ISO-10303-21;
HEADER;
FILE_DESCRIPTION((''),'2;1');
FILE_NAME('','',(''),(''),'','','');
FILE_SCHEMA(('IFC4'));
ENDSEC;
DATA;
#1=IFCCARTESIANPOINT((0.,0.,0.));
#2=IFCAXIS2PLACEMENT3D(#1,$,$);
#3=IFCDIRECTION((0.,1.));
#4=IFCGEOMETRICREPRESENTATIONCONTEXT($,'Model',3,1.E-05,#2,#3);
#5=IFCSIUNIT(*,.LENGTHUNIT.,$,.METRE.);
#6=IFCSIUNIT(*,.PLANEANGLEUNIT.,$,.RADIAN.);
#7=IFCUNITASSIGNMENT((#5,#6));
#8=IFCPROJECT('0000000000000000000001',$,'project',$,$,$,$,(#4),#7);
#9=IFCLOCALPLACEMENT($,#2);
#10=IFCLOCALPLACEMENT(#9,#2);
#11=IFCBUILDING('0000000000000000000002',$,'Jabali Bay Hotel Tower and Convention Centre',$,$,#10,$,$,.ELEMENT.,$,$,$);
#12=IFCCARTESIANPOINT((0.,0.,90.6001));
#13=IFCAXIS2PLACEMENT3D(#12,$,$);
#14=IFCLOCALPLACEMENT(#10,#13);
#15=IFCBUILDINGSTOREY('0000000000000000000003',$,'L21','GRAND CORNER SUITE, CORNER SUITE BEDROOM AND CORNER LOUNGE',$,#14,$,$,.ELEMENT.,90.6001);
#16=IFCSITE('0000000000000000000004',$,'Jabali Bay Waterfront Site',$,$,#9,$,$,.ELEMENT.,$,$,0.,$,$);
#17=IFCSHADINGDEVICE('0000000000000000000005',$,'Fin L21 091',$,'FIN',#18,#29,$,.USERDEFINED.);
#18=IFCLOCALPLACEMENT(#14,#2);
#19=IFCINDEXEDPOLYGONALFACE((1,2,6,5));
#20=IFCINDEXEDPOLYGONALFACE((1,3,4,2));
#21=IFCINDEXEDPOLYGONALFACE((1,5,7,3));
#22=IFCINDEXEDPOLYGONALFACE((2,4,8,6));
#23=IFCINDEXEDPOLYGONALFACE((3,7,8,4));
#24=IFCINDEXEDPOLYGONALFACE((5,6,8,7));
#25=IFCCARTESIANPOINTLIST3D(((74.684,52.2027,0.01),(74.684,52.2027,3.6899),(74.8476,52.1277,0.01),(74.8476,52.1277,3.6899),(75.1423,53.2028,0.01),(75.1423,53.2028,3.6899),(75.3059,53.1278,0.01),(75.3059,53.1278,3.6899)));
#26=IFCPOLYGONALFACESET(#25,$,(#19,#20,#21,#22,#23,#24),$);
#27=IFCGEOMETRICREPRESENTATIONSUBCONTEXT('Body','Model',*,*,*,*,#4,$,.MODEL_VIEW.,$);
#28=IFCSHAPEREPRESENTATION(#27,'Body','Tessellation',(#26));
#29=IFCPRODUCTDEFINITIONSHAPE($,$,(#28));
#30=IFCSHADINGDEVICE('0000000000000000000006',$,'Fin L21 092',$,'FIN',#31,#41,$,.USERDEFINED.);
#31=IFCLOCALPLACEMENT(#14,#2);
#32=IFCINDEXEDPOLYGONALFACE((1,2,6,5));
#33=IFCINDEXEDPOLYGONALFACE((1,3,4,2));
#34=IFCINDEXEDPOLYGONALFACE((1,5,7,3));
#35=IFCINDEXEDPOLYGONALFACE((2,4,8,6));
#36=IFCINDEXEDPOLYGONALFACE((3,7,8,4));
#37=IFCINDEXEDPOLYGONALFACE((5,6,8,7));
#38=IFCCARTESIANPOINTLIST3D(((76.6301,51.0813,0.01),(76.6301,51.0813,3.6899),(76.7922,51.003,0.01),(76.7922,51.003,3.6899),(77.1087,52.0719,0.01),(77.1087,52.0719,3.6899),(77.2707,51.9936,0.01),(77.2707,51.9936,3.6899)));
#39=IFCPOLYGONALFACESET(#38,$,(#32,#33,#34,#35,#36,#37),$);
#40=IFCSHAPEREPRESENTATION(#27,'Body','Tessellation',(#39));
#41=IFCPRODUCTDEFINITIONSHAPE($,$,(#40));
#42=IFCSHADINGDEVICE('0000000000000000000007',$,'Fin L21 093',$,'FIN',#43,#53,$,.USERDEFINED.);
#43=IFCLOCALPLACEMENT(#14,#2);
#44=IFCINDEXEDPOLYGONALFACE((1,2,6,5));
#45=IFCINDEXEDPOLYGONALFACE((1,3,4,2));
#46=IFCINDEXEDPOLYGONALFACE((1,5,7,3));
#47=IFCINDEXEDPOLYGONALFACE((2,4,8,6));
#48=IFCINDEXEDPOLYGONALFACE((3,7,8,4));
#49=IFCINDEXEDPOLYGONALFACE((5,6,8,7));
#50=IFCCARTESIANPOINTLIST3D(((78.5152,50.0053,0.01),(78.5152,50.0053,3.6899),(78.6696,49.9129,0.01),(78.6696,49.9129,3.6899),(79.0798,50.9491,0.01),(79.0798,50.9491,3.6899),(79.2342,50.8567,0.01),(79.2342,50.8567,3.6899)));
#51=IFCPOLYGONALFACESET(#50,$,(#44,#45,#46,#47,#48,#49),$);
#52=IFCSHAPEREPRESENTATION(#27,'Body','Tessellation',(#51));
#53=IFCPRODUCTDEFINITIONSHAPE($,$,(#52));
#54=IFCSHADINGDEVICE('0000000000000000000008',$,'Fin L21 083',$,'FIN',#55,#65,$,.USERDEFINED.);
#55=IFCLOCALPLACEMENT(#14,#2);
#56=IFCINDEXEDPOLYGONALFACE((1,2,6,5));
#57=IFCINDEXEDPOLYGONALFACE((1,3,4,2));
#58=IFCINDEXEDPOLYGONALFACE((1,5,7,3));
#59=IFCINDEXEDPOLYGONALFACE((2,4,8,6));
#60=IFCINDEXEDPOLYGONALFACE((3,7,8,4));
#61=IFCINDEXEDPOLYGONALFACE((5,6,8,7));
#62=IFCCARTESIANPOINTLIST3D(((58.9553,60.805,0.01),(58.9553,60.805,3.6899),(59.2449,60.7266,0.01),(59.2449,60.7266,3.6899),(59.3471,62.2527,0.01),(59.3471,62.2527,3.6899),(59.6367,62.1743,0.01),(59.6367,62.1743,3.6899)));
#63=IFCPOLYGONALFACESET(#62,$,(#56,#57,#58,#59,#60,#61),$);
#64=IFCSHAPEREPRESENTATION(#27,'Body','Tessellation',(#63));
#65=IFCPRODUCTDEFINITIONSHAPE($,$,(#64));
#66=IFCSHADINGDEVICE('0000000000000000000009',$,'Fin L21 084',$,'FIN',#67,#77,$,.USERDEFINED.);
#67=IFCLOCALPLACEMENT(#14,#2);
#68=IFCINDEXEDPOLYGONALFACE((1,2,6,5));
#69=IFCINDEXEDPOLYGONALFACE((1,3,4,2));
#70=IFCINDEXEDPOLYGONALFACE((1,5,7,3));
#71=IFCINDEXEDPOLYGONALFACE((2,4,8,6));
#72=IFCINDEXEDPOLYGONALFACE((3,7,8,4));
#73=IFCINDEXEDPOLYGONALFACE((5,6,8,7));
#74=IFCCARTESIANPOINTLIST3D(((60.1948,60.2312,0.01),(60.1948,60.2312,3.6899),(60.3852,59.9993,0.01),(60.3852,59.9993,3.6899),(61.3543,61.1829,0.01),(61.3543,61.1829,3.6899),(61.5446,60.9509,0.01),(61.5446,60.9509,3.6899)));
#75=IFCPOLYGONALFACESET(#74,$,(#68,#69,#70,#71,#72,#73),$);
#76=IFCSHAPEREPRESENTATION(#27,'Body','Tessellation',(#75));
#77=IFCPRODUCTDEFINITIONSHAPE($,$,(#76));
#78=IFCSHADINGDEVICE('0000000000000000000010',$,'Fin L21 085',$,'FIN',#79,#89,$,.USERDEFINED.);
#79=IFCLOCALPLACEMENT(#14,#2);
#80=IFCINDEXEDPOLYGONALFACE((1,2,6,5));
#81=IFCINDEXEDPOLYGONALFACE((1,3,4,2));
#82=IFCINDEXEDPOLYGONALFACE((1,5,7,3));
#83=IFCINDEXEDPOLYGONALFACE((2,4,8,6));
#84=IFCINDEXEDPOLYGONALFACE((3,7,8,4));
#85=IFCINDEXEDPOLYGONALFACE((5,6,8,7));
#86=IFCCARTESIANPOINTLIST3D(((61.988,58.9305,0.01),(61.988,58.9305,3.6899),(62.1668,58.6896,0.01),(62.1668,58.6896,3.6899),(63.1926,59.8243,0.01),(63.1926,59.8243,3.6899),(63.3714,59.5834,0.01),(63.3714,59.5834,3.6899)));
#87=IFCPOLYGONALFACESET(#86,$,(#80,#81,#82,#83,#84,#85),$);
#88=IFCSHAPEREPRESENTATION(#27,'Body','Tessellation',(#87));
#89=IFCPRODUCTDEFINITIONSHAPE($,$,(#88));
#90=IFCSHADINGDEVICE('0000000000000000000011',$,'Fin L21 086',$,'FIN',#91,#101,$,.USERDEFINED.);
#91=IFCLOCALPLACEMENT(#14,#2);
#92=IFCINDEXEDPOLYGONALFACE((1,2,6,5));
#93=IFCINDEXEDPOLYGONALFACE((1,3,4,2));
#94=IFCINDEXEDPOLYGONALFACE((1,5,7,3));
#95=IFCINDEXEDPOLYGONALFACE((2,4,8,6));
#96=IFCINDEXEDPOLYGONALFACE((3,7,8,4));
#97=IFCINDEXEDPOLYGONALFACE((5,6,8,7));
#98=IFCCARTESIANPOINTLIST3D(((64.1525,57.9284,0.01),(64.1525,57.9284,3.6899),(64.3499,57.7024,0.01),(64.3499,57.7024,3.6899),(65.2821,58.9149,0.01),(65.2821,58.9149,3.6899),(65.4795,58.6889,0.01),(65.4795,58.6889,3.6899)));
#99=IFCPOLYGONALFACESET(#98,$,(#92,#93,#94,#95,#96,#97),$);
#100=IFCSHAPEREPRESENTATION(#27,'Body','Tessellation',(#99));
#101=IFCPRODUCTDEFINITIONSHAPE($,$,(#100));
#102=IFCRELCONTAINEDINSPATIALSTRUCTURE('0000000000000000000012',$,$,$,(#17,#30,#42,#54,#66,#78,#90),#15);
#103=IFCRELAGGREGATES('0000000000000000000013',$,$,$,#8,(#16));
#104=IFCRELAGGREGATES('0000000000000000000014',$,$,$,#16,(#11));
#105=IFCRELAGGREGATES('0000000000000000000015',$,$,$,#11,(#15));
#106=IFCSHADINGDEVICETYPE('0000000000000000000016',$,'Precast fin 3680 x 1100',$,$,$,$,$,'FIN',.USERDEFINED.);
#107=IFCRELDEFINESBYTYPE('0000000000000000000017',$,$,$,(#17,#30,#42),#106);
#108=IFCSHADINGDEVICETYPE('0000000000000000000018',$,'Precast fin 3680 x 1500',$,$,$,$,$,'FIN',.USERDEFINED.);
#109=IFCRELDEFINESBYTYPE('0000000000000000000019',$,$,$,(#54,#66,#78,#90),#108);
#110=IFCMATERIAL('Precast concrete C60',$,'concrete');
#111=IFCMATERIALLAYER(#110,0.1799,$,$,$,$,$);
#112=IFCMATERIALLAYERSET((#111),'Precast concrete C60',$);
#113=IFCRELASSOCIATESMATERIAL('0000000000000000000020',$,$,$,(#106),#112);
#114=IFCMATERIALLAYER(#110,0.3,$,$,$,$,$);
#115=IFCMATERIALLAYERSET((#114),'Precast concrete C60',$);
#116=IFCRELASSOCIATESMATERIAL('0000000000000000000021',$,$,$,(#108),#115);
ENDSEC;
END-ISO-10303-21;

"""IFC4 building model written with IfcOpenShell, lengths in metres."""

from ifc_helpers import new_model, si_unit, direction, frame, frame_2d, origin, place, context, subcontext, project, spatial, rectangle, extrude, material, layer, layer_set, type_object, element, save


model = new_model("IFC4")

# Units and contexts
model_context = context("Model", 3, precision=1e-05, world=origin(), true_north=direction((0.0, 1.0)))
body_context = subcontext(model_context, "Body", "Model", "MODEL_VIEW")
ifc_project = project(units=[si_unit("LENGTHUNIT", "METRE"), si_unit("PLANEANGLEUNIT", "RADIAN")], contexts=[model_context])

# Site, building, storey
site_placement = place(None, origin())
site = spatial("IfcSite", under=ifc_project, at=site_placement, Name="Jabali Bay Waterfront Site", CompositionType="ELEMENT", RefElevation=0.0)
building_placement = place(site_placement, origin())
building = spatial("IfcBuilding", under=site, at=building_placement, Name="Jabali Bay Hotel Tower and Convention Centre", CompositionType="ELEMENT")
storey_placement = place(building_placement, frame((0.0, 0.0, 90.6001)))
storey = spatial("IfcBuildingStorey", under=building, at=storey_placement, Name="L21", Description="GRAND CORNER SUITE, CORNER SUITE BEDROOM AND CORNER LOUNGE", CompositionType="ELEMENT", Elevation=90.6001)

# Shading devices
ifc_material_1 = material(Name="Precast concrete C60", Category="concrete")
ifc_layer_1 = layer(ifc_material_1, 0.1799)
ifc_layer_set_1 = layer_set([ifc_layer_1], Name="Precast concrete C60")
shading_device_type_1 = type_object("IfcShadingDeviceType", Name="Precast fin 3680 x 1100", ElementType="FIN", PredefinedType="USERDEFINED", material=ifc_layer_set_1)
for number, where, z_axis, x_axis, name in (
    (1, (75.2241, 53.1653, 0.01), (0.0, 0.0, 1.0), (-0.416594, -0.909093, 0.0), "Fin L21 091"),
    (2, (77.1897, 52.0327, 0.01), (0.0, 0.0, 1.0), (-0.43501, -0.900426, 0.0), "Fin L21 092"),
):
    element("IfcShadingDevice", number, at=place(storey_placement, frame(where, z_axis=z_axis, x_axis=x_axis)), inside=storey, type_object=shading_device_type_1, Name=name, ObjectType="FIN", PredefinedType="USERDEFINED", context=body_context, shape_type="SweptSolid", body=[
        extrude(rectangle(XDim=1.1001, YDim=0.1799, at=frame_2d((0.55, 0.0))), origin(), (0.0, 0.0, 1.0), 3.6799),
    ])
shading_device_1_placement = place(storey_placement, frame((79.157, 50.9028, 0.01), z_axis=(0.0, 0.0, 1.0), x_axis=(-0.513418, -0.858139, 0.0)))
element("IfcShadingDevice", 3, at=shading_device_1_placement, inside=storey, type_object=shading_device_type_1, Name="Fin L21 093", ObjectType="FIN", PredefinedType="USERDEFINED", context=body_context, shape_type="SweptSolid", body=[
    extrude(rectangle(XDim=1.0999, YDim=0.1799, at=frame_2d((0.5498, 0.0))), origin(), (0.0, 0.0, 1.0), 3.6799),
])
ifc_layer_2 = layer(ifc_material_1, 0.3)
ifc_layer_set_2 = layer_set([ifc_layer_2], Name="Precast concrete C60")
shading_device_type_2 = type_object("IfcShadingDeviceType", Name="Precast fin 3680 x 1500", ElementType="FIN", PredefinedType="USERDEFINED", material=ifc_layer_set_2)
shading_device_2_placement = place(storey_placement, frame((59.4919, 62.2136, 0.01), z_axis=(0.0, 0.0, 1.0), x_axis=(-0.261257, -0.965269, 0.0)))
element("IfcShadingDevice", 4, at=shading_device_2_placement, inside=storey, type_object=shading_device_type_2, Name="Fin L21 083", ObjectType="FIN", PredefinedType="USERDEFINED", context=body_context, shape_type="SweptSolid", body=[
    extrude(rectangle(XDim=1.4998, YDim=0.3, at=frame_2d((0.75, 0.0))), origin(), (0.0, 0.0, 1.0), 3.6799),
])
for number, where, z_axis, x_axis, name in (
    (5, (61.4495, 61.0669, 0.01), (0.0, 0.0, 1.0), (-0.772963, -0.634451, 0.0), "Fin L21 084"),
    (6, (63.282, 59.7039, 0.01), (0.0, 0.0, 1.0), (-0.803075, -0.595877, 0.0), "Fin L21 085"),
):
    element("IfcShadingDevice", number, at=place(storey_placement, frame(where, z_axis=z_axis, x_axis=x_axis)), inside=storey, type_object=shading_device_type_2, Name=name, ObjectType="FIN", PredefinedType="USERDEFINED", context=body_context, shape_type="SweptSolid", body=[
        extrude(rectangle(XDim=1.5, YDim=0.3, at=frame_2d((0.75, 0.0))), origin(), (0.0, 0.0, 1.0), 3.6799),
    ])
shading_device_3_placement = place(storey_placement, frame((65.3809, 58.802, 0.01), z_axis=(0.0, 0.0, 1.0), x_axis=(-0.753191, -0.657801, 0.0)))
element("IfcShadingDevice", 7, at=shading_device_3_placement, inside=storey, type_object=shading_device_type_2, Name="Fin L21 086", ObjectType="FIN", PredefinedType="USERDEFINED", context=body_context, shape_type="SweptSolid", body=[
    extrude(rectangle(XDim=1.4998, YDim=0.3, at=frame_2d((0.75, 0.0))), origin(), (0.0, 0.0, 1.0), 3.6799),
])

save(model, "model.ifc")
